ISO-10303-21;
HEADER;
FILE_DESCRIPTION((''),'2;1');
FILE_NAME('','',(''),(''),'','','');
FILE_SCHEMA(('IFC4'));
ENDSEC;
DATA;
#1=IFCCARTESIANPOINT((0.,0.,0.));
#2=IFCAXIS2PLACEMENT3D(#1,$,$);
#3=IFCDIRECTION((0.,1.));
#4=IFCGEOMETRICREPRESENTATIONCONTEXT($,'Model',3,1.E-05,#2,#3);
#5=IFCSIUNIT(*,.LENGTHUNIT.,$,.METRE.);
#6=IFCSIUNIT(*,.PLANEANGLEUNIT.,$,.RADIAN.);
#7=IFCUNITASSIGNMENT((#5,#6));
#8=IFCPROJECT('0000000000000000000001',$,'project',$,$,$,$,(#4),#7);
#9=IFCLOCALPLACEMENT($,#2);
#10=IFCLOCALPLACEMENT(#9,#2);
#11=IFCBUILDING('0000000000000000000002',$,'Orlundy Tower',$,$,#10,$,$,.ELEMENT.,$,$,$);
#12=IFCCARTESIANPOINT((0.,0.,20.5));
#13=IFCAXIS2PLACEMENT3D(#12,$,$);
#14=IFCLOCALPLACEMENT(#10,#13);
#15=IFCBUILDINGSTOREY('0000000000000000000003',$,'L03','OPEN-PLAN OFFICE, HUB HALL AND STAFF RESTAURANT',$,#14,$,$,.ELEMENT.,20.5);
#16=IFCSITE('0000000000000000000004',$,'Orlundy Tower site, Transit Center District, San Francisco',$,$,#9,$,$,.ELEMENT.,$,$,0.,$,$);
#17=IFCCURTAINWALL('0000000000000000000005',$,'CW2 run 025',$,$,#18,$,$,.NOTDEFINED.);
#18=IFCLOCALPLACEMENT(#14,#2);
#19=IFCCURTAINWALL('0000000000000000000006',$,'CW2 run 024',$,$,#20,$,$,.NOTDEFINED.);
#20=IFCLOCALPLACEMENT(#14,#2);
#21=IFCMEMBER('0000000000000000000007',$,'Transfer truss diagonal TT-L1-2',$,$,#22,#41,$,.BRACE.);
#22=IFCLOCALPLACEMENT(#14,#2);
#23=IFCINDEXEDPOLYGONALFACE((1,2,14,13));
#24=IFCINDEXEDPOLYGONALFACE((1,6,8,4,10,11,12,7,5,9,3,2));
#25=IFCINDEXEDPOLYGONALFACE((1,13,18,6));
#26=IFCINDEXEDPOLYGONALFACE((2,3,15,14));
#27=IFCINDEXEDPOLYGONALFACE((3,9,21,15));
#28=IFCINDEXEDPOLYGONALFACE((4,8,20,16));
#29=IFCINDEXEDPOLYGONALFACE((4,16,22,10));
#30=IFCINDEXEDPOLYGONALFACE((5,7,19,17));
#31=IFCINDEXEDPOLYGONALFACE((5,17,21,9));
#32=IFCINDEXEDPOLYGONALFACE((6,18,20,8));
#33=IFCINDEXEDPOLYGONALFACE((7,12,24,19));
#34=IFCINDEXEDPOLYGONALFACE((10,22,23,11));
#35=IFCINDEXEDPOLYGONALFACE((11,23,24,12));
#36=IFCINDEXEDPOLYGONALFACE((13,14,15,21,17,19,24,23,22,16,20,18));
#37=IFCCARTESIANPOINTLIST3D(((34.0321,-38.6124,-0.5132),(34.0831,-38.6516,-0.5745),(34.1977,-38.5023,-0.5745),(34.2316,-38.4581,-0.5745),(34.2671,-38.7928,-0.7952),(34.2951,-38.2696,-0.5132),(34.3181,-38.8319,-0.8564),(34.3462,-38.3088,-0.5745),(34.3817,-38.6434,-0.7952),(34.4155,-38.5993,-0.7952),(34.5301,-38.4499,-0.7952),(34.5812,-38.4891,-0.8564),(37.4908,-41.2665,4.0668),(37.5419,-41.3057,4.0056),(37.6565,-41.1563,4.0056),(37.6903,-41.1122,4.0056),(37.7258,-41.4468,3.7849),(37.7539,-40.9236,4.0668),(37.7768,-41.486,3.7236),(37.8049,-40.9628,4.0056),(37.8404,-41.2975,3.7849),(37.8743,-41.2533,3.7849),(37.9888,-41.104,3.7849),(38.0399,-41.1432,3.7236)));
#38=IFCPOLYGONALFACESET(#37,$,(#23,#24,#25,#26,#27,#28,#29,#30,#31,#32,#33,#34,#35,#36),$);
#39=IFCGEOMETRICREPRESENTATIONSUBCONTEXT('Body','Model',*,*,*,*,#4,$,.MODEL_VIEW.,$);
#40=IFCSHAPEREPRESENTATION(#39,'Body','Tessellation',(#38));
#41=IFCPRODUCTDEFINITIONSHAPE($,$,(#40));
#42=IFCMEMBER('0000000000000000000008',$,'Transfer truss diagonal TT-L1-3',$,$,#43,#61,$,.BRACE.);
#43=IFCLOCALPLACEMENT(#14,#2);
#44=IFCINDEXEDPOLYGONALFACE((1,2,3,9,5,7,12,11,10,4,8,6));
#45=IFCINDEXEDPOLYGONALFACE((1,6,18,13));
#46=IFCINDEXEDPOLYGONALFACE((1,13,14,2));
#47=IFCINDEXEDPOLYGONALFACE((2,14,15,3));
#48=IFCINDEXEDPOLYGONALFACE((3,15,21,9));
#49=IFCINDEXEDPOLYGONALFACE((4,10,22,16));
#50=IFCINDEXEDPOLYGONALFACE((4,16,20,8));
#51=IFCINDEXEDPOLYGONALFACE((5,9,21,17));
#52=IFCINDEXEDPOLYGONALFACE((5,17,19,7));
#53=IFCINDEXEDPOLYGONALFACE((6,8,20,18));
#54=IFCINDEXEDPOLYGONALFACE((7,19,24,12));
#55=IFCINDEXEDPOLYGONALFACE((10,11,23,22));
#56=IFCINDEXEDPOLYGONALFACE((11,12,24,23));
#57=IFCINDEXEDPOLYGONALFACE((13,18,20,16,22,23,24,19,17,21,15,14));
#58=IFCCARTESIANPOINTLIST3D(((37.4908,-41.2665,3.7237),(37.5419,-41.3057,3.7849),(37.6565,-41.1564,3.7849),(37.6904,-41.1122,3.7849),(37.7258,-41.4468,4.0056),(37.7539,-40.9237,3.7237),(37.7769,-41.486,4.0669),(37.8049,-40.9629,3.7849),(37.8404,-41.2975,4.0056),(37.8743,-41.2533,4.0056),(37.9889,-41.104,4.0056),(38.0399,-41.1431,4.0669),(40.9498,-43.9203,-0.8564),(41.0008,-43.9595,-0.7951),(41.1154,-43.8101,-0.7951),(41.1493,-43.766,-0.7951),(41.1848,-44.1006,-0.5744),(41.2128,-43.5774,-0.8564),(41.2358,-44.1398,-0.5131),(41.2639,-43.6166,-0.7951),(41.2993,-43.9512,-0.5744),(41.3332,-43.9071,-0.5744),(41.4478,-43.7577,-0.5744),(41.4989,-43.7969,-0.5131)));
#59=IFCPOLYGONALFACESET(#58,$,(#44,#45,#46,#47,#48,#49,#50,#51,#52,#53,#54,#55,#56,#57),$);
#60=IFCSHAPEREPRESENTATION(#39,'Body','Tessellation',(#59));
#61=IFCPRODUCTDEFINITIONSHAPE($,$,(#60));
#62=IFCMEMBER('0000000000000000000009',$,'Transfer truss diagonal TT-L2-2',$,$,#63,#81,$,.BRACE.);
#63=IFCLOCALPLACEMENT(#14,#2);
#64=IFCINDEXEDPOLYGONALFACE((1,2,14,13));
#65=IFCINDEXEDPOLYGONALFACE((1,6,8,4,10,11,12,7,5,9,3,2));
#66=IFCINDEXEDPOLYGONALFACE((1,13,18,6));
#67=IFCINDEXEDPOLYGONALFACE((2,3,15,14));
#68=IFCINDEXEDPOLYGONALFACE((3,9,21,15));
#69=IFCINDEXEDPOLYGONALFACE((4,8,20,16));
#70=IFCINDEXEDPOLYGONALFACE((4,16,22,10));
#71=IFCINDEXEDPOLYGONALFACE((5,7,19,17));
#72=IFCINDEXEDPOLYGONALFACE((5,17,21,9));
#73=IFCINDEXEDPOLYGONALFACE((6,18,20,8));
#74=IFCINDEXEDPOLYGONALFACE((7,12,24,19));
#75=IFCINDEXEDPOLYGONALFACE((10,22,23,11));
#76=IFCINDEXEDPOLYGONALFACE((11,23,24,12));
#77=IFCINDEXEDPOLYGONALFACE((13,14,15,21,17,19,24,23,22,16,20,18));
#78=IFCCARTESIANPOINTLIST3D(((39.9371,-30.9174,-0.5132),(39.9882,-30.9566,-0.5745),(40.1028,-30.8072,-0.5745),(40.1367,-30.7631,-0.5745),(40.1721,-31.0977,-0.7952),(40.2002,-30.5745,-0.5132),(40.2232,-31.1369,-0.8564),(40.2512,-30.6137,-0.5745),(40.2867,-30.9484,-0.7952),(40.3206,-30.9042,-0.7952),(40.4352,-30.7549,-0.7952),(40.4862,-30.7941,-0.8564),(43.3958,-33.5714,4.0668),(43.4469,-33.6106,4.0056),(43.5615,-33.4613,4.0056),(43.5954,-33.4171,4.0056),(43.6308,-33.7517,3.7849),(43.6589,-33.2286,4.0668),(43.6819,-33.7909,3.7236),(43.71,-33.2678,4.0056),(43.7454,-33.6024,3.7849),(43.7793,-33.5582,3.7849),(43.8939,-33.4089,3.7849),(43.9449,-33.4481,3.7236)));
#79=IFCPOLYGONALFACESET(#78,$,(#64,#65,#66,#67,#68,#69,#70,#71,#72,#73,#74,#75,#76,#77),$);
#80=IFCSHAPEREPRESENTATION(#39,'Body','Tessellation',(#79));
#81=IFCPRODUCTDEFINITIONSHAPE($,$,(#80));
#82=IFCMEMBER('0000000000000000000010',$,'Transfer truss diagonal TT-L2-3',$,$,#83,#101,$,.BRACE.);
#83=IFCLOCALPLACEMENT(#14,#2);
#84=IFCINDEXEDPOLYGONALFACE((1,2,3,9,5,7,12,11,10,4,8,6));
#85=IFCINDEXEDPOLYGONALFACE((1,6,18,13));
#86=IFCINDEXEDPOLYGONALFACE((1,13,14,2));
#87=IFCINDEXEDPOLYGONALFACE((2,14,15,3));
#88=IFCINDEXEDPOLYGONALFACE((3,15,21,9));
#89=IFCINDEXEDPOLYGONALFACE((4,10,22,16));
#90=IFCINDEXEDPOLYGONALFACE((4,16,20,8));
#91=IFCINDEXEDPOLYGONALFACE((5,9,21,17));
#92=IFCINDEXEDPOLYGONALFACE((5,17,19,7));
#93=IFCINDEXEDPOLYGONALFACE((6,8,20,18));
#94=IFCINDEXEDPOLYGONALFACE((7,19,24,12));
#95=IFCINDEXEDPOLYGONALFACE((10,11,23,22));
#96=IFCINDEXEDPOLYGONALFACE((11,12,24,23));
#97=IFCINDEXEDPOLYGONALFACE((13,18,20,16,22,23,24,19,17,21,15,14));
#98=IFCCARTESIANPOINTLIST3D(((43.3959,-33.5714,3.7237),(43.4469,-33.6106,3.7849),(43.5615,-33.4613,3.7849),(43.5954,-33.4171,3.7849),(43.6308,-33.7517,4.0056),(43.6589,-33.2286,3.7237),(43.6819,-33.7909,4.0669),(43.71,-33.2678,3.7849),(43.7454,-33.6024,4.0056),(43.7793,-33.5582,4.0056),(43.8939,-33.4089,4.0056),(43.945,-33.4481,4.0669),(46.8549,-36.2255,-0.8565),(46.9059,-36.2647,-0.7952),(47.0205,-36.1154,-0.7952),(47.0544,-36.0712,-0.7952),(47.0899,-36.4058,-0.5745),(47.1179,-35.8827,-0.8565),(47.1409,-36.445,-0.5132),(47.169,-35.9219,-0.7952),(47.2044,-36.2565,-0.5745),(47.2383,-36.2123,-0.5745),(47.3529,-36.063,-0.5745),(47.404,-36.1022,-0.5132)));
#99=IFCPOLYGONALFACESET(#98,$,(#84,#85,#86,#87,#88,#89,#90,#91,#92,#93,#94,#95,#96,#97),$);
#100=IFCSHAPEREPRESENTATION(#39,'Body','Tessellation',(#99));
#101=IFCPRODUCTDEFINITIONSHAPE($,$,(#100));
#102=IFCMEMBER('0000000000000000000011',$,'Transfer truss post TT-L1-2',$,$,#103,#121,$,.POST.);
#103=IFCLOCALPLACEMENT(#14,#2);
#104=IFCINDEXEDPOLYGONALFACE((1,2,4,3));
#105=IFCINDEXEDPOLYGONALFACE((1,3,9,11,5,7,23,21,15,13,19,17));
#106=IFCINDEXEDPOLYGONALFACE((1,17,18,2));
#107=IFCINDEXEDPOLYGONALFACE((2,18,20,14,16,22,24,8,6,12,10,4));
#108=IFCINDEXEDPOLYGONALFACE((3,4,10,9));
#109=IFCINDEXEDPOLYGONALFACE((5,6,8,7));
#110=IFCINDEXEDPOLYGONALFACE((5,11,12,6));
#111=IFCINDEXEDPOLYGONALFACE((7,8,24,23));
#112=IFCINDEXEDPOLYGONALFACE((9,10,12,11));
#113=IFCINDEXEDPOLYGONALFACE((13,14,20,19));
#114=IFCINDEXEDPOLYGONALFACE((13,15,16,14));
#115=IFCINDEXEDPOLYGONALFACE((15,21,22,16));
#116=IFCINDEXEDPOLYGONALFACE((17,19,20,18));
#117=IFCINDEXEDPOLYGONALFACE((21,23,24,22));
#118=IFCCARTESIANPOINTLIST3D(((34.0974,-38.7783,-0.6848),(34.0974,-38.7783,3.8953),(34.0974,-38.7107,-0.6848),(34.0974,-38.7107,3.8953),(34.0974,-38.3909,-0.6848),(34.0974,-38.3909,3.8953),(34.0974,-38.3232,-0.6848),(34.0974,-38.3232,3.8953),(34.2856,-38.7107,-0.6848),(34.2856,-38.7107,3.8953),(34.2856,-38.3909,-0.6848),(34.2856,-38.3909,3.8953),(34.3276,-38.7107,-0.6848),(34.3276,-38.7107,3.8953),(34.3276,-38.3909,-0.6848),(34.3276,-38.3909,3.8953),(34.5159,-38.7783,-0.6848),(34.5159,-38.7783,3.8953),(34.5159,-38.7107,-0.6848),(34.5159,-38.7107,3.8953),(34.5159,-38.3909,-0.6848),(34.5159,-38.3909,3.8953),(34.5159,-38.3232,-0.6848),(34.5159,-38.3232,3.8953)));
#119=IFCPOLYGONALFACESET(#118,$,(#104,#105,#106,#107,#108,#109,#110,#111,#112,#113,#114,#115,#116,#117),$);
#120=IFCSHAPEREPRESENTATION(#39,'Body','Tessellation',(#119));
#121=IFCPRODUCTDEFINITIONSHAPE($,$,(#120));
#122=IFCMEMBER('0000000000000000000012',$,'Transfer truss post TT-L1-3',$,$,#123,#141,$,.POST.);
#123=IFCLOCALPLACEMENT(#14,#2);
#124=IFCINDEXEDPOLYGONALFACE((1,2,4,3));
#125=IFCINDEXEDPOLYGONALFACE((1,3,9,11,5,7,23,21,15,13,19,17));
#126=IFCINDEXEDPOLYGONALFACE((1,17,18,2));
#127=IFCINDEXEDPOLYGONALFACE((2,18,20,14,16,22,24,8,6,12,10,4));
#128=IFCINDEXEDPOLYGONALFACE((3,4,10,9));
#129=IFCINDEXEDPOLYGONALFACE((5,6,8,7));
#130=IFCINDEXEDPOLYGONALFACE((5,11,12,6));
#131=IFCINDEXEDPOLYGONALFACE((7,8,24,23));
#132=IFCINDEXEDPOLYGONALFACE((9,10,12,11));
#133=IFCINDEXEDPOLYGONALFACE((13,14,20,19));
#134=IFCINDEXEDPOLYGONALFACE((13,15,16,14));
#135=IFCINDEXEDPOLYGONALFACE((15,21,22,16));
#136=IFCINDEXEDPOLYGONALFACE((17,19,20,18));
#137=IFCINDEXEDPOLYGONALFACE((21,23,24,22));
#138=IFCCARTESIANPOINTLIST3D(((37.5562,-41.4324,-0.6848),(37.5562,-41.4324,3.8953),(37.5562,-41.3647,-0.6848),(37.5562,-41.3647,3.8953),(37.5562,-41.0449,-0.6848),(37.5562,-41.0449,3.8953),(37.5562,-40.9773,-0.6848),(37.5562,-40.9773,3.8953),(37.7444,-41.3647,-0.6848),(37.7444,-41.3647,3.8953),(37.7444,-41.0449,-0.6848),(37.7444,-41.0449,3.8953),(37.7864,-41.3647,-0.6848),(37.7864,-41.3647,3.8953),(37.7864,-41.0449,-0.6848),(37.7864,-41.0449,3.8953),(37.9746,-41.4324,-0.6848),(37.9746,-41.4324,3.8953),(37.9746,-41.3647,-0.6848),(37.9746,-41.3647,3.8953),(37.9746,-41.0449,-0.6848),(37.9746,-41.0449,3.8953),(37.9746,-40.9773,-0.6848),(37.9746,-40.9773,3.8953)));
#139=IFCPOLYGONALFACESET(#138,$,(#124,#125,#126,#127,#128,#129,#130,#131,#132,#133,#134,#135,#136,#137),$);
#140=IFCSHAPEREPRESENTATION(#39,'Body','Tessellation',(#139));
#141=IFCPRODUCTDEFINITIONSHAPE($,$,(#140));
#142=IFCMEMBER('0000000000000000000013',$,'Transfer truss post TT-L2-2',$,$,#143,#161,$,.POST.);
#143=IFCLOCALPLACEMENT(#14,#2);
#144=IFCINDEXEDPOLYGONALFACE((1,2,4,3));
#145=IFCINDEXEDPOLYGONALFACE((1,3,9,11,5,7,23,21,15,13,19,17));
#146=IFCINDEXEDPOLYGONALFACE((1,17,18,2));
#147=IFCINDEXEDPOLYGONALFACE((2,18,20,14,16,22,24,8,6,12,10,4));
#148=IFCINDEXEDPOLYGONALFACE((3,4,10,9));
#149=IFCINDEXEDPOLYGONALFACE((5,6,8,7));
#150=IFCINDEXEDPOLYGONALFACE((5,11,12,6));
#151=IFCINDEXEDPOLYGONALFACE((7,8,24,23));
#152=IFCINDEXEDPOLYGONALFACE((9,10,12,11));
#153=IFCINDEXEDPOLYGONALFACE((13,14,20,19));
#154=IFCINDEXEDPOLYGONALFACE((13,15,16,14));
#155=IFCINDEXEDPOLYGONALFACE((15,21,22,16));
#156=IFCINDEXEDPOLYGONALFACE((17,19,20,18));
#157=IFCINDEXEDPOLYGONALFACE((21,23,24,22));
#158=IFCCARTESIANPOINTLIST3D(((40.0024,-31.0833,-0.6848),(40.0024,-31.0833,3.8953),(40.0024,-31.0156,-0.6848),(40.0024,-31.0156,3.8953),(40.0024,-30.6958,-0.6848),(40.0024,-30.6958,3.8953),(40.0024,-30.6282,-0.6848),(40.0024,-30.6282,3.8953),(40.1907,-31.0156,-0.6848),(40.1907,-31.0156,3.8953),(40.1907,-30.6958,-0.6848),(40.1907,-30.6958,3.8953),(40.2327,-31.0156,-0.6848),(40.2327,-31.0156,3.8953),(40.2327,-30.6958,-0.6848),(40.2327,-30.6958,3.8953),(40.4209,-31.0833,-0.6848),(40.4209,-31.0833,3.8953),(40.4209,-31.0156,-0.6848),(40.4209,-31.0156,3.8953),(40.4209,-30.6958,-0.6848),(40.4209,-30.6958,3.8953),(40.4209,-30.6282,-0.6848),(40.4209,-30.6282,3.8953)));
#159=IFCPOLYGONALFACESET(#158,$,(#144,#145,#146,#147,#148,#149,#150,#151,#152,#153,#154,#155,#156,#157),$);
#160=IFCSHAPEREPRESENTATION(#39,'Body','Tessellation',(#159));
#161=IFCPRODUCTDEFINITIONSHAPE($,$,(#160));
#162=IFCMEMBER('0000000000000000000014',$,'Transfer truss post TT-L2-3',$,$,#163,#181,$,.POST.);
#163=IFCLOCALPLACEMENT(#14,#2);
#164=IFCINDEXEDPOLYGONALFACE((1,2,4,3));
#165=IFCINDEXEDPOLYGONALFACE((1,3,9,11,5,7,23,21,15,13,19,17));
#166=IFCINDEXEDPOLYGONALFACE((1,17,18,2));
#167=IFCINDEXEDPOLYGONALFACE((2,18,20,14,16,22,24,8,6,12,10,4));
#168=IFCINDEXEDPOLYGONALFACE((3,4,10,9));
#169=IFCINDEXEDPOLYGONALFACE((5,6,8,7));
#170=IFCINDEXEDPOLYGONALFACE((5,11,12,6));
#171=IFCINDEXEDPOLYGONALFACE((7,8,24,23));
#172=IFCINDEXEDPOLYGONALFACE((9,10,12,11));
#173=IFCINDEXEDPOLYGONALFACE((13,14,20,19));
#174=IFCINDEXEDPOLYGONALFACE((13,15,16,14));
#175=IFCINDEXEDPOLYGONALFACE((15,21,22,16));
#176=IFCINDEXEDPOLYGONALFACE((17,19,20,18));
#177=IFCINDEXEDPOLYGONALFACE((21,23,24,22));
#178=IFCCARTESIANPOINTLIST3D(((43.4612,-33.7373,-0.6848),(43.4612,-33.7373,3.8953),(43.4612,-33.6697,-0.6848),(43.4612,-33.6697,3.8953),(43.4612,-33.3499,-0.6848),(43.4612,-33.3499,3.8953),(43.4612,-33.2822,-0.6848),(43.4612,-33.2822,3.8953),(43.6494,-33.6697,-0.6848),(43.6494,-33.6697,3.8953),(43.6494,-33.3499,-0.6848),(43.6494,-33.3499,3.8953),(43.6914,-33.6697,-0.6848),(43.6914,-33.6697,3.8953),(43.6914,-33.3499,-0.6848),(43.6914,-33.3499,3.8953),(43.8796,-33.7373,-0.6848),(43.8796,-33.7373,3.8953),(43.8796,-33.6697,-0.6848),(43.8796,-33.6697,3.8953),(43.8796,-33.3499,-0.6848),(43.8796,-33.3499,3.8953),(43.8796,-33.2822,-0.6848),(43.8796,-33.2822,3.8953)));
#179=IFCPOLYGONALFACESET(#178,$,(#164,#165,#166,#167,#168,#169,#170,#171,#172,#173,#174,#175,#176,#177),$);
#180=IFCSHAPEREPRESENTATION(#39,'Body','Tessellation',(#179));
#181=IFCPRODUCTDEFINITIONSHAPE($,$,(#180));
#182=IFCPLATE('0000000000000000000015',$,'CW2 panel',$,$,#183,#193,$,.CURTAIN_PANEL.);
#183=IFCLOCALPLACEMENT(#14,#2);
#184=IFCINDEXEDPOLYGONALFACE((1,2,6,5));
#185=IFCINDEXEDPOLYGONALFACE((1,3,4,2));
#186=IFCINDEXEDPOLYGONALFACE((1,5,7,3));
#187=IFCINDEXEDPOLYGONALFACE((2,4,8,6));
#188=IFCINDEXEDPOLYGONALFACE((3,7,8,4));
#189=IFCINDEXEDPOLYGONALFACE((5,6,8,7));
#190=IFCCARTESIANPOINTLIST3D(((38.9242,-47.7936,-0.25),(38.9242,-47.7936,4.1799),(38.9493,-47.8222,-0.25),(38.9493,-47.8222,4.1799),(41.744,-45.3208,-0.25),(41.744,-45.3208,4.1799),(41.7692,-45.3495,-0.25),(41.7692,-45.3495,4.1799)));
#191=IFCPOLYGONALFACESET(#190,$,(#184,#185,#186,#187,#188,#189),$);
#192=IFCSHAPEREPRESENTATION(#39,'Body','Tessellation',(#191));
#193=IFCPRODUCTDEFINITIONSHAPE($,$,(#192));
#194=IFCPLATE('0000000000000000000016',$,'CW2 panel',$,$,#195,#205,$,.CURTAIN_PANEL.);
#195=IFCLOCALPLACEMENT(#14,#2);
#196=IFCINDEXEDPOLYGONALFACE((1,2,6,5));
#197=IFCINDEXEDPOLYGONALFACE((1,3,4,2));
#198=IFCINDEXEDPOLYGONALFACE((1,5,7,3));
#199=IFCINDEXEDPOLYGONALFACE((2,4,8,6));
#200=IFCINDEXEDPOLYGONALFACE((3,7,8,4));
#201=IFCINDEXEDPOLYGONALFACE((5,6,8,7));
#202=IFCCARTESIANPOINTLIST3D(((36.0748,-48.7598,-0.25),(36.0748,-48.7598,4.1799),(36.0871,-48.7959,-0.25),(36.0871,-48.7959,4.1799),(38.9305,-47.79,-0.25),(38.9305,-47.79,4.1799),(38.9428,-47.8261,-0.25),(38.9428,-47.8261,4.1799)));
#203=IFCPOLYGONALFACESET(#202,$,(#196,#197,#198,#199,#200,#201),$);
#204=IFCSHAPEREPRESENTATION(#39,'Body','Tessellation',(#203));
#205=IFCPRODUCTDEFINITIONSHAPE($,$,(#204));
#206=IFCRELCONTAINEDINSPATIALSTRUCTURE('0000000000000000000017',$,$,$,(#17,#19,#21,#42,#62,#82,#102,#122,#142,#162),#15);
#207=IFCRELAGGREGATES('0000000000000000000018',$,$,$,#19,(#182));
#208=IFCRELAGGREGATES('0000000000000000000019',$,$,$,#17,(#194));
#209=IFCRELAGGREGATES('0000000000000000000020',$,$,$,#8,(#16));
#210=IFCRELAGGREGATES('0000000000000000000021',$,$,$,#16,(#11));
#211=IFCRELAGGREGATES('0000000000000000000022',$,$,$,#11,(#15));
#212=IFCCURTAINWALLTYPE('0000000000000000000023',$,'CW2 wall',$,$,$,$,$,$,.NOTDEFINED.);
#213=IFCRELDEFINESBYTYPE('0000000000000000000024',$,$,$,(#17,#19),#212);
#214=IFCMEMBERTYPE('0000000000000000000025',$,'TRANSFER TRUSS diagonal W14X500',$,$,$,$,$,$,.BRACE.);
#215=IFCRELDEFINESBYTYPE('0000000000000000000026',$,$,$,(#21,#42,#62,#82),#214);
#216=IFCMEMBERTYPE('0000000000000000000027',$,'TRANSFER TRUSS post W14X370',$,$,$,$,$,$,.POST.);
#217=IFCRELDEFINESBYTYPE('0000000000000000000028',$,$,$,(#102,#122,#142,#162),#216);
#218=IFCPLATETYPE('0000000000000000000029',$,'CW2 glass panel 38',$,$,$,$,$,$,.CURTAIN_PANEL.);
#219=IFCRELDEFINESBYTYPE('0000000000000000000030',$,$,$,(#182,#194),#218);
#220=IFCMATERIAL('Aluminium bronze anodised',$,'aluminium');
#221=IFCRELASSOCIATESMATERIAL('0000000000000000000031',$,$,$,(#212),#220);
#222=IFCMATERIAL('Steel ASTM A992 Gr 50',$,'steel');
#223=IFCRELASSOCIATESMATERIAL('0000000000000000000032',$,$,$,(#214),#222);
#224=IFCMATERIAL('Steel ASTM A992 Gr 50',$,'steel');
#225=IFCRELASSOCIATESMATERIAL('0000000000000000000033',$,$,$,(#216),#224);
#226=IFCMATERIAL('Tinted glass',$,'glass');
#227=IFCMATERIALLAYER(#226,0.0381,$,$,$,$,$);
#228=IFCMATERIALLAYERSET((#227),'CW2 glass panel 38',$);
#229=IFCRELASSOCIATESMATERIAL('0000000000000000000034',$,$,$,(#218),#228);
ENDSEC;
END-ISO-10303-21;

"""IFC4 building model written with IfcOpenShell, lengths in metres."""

from ifc_helpers import new_model, si_unit, direction, frame, origin, origin_2d, place, context, subcontext, project, spatial, rectangle, i_section, extrude, material, layer, layer_set, material_profile, profile_set, type_object, element, aggregate, save


model = new_model("IFC4")

# Units and contexts
model_context = context("Model", 3, precision=1e-05, world=origin(), true_north=direction((0.0, 1.0)))
body_context = subcontext(model_context, "Body", "Model", "MODEL_VIEW")
ifc_project = project(units=[si_unit("LENGTHUNIT", "METRE"), si_unit("PLANEANGLEUNIT", "RADIAN")], contexts=[model_context])

# Site, building, storey
site_placement = place(None, origin())
site = spatial("IfcSite", under=ifc_project, at=site_placement, Name="Orlundy Tower site, Transit Center District, San Francisco", CompositionType="ELEMENT", RefElevation=0.0)
building_placement = place(site_placement, origin())
building = spatial("IfcBuilding", under=site, at=building_placement, Name="Orlundy Tower", CompositionType="ELEMENT")
storey_placement = place(building_placement, frame((0.0, 0.0, 20.5)))
storey = spatial("IfcBuildingStorey", under=building, at=storey_placement, Name="L03", Description="OPEN-PLAN OFFICE, HUB HALL AND STAFF RESTAURANT", CompositionType="ELEMENT", Elevation=20.5)

# Curtain wall
ifc_material_1 = material(Name="Aluminium bronze anodised", Category="aluminium")
curtain_wall_type = type_object("IfcCurtainWallType", Name="CW2 wall", PredefinedType="NOTDEFINED", material=ifc_material_1)
curtain_wall_1_placement = place(storey_placement, origin())
curtain_wall_1 = element("IfcCurtainWall", 1, at=curtain_wall_1_placement, inside=storey, type_object=curtain_wall_type, Name="CW2 run 025", PredefinedType="NOTDEFINED")

# Curtain wall
curtain_wall_2_placement = place(storey_placement, origin())
curtain_wall_2 = element("IfcCurtainWall", 2, at=curtain_wall_2_placement, inside=storey, type_object=curtain_wall_type, Name="CW2 run 024", PredefinedType="NOTDEFINED")

# Members
ifc_material_2 = material(Name="Steel ASTM A992 Gr 50", Category="steel")
ifc_material_profile_1 = material_profile(ifc_material_2, i_section(OverallWidth=0.4321, OverallDepth=0.4978, WebThickness=0.0557, FlangeThickness=0.0889, at=origin_2d()), Name="W14X500")
ifc_profile_set_1 = profile_set([ifc_material_profile_1], Name="Steel ASTM A992 Gr 50")
member_type_1 = type_object("IfcMemberType", Name="TRANSFER TRUSS diagonal W14X500", PredefinedType="BRACE", material=ifc_profile_set_1)
for number, where, z_axis, x_axis, name in (
    (3, (34.3066, -38.5508, -0.6848), (0.546984, -0.419727, 0.724319), (0.608771, 0.793346, 0.0), "Transfer truss diagonal TT-L1-2"),
    (4, (37.7654, -41.2048, 3.8953), (0.54702, -0.419686, -0.724315), (0.608709, 0.793394, 0.0), "Transfer truss diagonal TT-L1-3"),
    (5, (40.2117, -30.8557, -0.6848), (0.546984, -0.419727, 0.724319), (0.608771, 0.793346, 0.0), "Transfer truss diagonal TT-L2-2"),
):
    element("IfcMember", number, at=place(storey_placement, frame(where, z_axis=z_axis, x_axis=x_axis)), inside=storey, type_object=member_type_1, Name=name, PredefinedType="BRACE", context=body_context, shape_type="SweptSolid", body=[
        extrude(i_section(OverallWidth=0.4321, OverallDepth=0.4978, WebThickness=0.0557, FlangeThickness=0.0889, at=origin_2d()), origin(), (0.0, 0.0, 1.0), 6.3232),
    ])
member_1_placement = place(storey_placement, frame((43.6704, -33.5098, 3.8953), z_axis=(0.547011, -0.419718, -0.724304), x_axis=(0.608744, 0.793367, 0.0)))
element("IfcMember", 6, at=member_1_placement, inside=storey, type_object=member_type_1, Name="Transfer truss diagonal TT-L2-3", PredefinedType="BRACE", context=body_context, shape_type="SweptSolid", body=[
    extrude(i_section(OverallWidth=0.4321, OverallDepth=0.4978, WebThickness=0.0557, FlangeThickness=0.0889, at=origin_2d()), origin(), (0.0, 0.0, 1.0), 6.3235),
])
ifc_material_3 = material(Name="Steel ASTM A992 Gr 50", Category="steel")
ifc_material_profile_2 = material_profile(ifc_material_3, i_section(OverallWidth=0.4185, OverallDepth=0.4551, WebThickness=0.042, FlangeThickness=0.0676, at=origin_2d()), Name="W14X370")
ifc_profile_set_2 = profile_set([ifc_material_profile_2], Name="Steel ASTM A992 Gr 50")
member_type_2 = type_object("IfcMemberType", Name="TRANSFER TRUSS post W14X370", PredefinedType="POST", material=ifc_profile_set_2)
for number, where, z_axis, x_axis, name in (
    (7, (34.3066, -38.5508, -0.6848), (0.0, 0.0, 1.0), (1.0, 0.0, 0.0), "Transfer truss post TT-L1-2"),
    (8, (37.7654, -41.2048, -0.6848), (0.0, 0.0, 1.0), (1.0, 0.0, 0.0), "Transfer truss post TT-L1-3"),
    (9, (40.2117, -30.8557, -0.6848), (0.0, 0.0, 1.0), (1.0, 0.0, 0.0), "Transfer truss post TT-L2-2"),
    (10, (43.6704, -33.5098, -0.6848), (0.0, 0.0, 1.0), (1.0, 0.0, 0.0), "Transfer truss post TT-L2-3"),
):
    element("IfcMember", number, at=place(storey_placement, frame(where, z_axis=z_axis, x_axis=x_axis)), inside=storey, type_object=member_type_2, Name=name, PredefinedType="POST", context=body_context, shape_type="SweptSolid", body=[
        extrude(i_section(OverallWidth=0.4185, OverallDepth=0.4551, WebThickness=0.042, FlangeThickness=0.0676, at=origin_2d()), origin(), (0.0, 0.0, 1.0), 4.5801),
    ])

# Plates
ifc_material_4 = material(Name="Tinted glass", Category="glass")
ifc_layer_1 = layer(ifc_material_4, 0.0381)
ifc_layer_set_1 = layer_set([ifc_layer_1], Name="CW2 glass panel 38")
plate_type_1 = type_object("IfcPlateType", Name="CW2 glass panel 38", PredefinedType="CURTAIN_PANEL", material=ifc_layer_set_1)
plate_1_placement = place(storey_placement, frame((40.3467, -46.5715, -0.25), z_axis=(0.0, 0.0, 1.0), x_axis=(-0.751858, -0.659325, 0.0)))
plate_1 = element("IfcPlate", 11, at=plate_1_placement, type_object=plate_type_1, Name="CW2 panel", PredefinedType="CURTAIN_PANEL", context=body_context, shape_type="SweptSolid", body=[
    extrude(rectangle(XDim=3.7505, YDim=0.0381, at=origin_2d()), origin(), (0.0, 0.0, 1.0), 4.4299),
])
aggregate(curtain_wall_2, [plate_1])
plate_2_placement = place(storey_placement, frame((37.5088, -48.293, -0.25), z_axis=(0.0, 0.0, 1.0), x_axis=(-0.946888, -0.321564, 0.0)))
plate_2 = element("IfcPlate", 12, at=plate_2_placement, type_object=plate_type_1, Name="CW2 panel", PredefinedType="CURTAIN_PANEL", context=body_context, shape_type="SweptSolid", body=[
    extrude(rectangle(XDim=3.0159, YDim=0.0381, at=origin_2d()), origin(), (0.0, 0.0, 1.0), 4.4299),
])
aggregate(curtain_wall_1, [plate_2])

save(model, "model.ifc")
